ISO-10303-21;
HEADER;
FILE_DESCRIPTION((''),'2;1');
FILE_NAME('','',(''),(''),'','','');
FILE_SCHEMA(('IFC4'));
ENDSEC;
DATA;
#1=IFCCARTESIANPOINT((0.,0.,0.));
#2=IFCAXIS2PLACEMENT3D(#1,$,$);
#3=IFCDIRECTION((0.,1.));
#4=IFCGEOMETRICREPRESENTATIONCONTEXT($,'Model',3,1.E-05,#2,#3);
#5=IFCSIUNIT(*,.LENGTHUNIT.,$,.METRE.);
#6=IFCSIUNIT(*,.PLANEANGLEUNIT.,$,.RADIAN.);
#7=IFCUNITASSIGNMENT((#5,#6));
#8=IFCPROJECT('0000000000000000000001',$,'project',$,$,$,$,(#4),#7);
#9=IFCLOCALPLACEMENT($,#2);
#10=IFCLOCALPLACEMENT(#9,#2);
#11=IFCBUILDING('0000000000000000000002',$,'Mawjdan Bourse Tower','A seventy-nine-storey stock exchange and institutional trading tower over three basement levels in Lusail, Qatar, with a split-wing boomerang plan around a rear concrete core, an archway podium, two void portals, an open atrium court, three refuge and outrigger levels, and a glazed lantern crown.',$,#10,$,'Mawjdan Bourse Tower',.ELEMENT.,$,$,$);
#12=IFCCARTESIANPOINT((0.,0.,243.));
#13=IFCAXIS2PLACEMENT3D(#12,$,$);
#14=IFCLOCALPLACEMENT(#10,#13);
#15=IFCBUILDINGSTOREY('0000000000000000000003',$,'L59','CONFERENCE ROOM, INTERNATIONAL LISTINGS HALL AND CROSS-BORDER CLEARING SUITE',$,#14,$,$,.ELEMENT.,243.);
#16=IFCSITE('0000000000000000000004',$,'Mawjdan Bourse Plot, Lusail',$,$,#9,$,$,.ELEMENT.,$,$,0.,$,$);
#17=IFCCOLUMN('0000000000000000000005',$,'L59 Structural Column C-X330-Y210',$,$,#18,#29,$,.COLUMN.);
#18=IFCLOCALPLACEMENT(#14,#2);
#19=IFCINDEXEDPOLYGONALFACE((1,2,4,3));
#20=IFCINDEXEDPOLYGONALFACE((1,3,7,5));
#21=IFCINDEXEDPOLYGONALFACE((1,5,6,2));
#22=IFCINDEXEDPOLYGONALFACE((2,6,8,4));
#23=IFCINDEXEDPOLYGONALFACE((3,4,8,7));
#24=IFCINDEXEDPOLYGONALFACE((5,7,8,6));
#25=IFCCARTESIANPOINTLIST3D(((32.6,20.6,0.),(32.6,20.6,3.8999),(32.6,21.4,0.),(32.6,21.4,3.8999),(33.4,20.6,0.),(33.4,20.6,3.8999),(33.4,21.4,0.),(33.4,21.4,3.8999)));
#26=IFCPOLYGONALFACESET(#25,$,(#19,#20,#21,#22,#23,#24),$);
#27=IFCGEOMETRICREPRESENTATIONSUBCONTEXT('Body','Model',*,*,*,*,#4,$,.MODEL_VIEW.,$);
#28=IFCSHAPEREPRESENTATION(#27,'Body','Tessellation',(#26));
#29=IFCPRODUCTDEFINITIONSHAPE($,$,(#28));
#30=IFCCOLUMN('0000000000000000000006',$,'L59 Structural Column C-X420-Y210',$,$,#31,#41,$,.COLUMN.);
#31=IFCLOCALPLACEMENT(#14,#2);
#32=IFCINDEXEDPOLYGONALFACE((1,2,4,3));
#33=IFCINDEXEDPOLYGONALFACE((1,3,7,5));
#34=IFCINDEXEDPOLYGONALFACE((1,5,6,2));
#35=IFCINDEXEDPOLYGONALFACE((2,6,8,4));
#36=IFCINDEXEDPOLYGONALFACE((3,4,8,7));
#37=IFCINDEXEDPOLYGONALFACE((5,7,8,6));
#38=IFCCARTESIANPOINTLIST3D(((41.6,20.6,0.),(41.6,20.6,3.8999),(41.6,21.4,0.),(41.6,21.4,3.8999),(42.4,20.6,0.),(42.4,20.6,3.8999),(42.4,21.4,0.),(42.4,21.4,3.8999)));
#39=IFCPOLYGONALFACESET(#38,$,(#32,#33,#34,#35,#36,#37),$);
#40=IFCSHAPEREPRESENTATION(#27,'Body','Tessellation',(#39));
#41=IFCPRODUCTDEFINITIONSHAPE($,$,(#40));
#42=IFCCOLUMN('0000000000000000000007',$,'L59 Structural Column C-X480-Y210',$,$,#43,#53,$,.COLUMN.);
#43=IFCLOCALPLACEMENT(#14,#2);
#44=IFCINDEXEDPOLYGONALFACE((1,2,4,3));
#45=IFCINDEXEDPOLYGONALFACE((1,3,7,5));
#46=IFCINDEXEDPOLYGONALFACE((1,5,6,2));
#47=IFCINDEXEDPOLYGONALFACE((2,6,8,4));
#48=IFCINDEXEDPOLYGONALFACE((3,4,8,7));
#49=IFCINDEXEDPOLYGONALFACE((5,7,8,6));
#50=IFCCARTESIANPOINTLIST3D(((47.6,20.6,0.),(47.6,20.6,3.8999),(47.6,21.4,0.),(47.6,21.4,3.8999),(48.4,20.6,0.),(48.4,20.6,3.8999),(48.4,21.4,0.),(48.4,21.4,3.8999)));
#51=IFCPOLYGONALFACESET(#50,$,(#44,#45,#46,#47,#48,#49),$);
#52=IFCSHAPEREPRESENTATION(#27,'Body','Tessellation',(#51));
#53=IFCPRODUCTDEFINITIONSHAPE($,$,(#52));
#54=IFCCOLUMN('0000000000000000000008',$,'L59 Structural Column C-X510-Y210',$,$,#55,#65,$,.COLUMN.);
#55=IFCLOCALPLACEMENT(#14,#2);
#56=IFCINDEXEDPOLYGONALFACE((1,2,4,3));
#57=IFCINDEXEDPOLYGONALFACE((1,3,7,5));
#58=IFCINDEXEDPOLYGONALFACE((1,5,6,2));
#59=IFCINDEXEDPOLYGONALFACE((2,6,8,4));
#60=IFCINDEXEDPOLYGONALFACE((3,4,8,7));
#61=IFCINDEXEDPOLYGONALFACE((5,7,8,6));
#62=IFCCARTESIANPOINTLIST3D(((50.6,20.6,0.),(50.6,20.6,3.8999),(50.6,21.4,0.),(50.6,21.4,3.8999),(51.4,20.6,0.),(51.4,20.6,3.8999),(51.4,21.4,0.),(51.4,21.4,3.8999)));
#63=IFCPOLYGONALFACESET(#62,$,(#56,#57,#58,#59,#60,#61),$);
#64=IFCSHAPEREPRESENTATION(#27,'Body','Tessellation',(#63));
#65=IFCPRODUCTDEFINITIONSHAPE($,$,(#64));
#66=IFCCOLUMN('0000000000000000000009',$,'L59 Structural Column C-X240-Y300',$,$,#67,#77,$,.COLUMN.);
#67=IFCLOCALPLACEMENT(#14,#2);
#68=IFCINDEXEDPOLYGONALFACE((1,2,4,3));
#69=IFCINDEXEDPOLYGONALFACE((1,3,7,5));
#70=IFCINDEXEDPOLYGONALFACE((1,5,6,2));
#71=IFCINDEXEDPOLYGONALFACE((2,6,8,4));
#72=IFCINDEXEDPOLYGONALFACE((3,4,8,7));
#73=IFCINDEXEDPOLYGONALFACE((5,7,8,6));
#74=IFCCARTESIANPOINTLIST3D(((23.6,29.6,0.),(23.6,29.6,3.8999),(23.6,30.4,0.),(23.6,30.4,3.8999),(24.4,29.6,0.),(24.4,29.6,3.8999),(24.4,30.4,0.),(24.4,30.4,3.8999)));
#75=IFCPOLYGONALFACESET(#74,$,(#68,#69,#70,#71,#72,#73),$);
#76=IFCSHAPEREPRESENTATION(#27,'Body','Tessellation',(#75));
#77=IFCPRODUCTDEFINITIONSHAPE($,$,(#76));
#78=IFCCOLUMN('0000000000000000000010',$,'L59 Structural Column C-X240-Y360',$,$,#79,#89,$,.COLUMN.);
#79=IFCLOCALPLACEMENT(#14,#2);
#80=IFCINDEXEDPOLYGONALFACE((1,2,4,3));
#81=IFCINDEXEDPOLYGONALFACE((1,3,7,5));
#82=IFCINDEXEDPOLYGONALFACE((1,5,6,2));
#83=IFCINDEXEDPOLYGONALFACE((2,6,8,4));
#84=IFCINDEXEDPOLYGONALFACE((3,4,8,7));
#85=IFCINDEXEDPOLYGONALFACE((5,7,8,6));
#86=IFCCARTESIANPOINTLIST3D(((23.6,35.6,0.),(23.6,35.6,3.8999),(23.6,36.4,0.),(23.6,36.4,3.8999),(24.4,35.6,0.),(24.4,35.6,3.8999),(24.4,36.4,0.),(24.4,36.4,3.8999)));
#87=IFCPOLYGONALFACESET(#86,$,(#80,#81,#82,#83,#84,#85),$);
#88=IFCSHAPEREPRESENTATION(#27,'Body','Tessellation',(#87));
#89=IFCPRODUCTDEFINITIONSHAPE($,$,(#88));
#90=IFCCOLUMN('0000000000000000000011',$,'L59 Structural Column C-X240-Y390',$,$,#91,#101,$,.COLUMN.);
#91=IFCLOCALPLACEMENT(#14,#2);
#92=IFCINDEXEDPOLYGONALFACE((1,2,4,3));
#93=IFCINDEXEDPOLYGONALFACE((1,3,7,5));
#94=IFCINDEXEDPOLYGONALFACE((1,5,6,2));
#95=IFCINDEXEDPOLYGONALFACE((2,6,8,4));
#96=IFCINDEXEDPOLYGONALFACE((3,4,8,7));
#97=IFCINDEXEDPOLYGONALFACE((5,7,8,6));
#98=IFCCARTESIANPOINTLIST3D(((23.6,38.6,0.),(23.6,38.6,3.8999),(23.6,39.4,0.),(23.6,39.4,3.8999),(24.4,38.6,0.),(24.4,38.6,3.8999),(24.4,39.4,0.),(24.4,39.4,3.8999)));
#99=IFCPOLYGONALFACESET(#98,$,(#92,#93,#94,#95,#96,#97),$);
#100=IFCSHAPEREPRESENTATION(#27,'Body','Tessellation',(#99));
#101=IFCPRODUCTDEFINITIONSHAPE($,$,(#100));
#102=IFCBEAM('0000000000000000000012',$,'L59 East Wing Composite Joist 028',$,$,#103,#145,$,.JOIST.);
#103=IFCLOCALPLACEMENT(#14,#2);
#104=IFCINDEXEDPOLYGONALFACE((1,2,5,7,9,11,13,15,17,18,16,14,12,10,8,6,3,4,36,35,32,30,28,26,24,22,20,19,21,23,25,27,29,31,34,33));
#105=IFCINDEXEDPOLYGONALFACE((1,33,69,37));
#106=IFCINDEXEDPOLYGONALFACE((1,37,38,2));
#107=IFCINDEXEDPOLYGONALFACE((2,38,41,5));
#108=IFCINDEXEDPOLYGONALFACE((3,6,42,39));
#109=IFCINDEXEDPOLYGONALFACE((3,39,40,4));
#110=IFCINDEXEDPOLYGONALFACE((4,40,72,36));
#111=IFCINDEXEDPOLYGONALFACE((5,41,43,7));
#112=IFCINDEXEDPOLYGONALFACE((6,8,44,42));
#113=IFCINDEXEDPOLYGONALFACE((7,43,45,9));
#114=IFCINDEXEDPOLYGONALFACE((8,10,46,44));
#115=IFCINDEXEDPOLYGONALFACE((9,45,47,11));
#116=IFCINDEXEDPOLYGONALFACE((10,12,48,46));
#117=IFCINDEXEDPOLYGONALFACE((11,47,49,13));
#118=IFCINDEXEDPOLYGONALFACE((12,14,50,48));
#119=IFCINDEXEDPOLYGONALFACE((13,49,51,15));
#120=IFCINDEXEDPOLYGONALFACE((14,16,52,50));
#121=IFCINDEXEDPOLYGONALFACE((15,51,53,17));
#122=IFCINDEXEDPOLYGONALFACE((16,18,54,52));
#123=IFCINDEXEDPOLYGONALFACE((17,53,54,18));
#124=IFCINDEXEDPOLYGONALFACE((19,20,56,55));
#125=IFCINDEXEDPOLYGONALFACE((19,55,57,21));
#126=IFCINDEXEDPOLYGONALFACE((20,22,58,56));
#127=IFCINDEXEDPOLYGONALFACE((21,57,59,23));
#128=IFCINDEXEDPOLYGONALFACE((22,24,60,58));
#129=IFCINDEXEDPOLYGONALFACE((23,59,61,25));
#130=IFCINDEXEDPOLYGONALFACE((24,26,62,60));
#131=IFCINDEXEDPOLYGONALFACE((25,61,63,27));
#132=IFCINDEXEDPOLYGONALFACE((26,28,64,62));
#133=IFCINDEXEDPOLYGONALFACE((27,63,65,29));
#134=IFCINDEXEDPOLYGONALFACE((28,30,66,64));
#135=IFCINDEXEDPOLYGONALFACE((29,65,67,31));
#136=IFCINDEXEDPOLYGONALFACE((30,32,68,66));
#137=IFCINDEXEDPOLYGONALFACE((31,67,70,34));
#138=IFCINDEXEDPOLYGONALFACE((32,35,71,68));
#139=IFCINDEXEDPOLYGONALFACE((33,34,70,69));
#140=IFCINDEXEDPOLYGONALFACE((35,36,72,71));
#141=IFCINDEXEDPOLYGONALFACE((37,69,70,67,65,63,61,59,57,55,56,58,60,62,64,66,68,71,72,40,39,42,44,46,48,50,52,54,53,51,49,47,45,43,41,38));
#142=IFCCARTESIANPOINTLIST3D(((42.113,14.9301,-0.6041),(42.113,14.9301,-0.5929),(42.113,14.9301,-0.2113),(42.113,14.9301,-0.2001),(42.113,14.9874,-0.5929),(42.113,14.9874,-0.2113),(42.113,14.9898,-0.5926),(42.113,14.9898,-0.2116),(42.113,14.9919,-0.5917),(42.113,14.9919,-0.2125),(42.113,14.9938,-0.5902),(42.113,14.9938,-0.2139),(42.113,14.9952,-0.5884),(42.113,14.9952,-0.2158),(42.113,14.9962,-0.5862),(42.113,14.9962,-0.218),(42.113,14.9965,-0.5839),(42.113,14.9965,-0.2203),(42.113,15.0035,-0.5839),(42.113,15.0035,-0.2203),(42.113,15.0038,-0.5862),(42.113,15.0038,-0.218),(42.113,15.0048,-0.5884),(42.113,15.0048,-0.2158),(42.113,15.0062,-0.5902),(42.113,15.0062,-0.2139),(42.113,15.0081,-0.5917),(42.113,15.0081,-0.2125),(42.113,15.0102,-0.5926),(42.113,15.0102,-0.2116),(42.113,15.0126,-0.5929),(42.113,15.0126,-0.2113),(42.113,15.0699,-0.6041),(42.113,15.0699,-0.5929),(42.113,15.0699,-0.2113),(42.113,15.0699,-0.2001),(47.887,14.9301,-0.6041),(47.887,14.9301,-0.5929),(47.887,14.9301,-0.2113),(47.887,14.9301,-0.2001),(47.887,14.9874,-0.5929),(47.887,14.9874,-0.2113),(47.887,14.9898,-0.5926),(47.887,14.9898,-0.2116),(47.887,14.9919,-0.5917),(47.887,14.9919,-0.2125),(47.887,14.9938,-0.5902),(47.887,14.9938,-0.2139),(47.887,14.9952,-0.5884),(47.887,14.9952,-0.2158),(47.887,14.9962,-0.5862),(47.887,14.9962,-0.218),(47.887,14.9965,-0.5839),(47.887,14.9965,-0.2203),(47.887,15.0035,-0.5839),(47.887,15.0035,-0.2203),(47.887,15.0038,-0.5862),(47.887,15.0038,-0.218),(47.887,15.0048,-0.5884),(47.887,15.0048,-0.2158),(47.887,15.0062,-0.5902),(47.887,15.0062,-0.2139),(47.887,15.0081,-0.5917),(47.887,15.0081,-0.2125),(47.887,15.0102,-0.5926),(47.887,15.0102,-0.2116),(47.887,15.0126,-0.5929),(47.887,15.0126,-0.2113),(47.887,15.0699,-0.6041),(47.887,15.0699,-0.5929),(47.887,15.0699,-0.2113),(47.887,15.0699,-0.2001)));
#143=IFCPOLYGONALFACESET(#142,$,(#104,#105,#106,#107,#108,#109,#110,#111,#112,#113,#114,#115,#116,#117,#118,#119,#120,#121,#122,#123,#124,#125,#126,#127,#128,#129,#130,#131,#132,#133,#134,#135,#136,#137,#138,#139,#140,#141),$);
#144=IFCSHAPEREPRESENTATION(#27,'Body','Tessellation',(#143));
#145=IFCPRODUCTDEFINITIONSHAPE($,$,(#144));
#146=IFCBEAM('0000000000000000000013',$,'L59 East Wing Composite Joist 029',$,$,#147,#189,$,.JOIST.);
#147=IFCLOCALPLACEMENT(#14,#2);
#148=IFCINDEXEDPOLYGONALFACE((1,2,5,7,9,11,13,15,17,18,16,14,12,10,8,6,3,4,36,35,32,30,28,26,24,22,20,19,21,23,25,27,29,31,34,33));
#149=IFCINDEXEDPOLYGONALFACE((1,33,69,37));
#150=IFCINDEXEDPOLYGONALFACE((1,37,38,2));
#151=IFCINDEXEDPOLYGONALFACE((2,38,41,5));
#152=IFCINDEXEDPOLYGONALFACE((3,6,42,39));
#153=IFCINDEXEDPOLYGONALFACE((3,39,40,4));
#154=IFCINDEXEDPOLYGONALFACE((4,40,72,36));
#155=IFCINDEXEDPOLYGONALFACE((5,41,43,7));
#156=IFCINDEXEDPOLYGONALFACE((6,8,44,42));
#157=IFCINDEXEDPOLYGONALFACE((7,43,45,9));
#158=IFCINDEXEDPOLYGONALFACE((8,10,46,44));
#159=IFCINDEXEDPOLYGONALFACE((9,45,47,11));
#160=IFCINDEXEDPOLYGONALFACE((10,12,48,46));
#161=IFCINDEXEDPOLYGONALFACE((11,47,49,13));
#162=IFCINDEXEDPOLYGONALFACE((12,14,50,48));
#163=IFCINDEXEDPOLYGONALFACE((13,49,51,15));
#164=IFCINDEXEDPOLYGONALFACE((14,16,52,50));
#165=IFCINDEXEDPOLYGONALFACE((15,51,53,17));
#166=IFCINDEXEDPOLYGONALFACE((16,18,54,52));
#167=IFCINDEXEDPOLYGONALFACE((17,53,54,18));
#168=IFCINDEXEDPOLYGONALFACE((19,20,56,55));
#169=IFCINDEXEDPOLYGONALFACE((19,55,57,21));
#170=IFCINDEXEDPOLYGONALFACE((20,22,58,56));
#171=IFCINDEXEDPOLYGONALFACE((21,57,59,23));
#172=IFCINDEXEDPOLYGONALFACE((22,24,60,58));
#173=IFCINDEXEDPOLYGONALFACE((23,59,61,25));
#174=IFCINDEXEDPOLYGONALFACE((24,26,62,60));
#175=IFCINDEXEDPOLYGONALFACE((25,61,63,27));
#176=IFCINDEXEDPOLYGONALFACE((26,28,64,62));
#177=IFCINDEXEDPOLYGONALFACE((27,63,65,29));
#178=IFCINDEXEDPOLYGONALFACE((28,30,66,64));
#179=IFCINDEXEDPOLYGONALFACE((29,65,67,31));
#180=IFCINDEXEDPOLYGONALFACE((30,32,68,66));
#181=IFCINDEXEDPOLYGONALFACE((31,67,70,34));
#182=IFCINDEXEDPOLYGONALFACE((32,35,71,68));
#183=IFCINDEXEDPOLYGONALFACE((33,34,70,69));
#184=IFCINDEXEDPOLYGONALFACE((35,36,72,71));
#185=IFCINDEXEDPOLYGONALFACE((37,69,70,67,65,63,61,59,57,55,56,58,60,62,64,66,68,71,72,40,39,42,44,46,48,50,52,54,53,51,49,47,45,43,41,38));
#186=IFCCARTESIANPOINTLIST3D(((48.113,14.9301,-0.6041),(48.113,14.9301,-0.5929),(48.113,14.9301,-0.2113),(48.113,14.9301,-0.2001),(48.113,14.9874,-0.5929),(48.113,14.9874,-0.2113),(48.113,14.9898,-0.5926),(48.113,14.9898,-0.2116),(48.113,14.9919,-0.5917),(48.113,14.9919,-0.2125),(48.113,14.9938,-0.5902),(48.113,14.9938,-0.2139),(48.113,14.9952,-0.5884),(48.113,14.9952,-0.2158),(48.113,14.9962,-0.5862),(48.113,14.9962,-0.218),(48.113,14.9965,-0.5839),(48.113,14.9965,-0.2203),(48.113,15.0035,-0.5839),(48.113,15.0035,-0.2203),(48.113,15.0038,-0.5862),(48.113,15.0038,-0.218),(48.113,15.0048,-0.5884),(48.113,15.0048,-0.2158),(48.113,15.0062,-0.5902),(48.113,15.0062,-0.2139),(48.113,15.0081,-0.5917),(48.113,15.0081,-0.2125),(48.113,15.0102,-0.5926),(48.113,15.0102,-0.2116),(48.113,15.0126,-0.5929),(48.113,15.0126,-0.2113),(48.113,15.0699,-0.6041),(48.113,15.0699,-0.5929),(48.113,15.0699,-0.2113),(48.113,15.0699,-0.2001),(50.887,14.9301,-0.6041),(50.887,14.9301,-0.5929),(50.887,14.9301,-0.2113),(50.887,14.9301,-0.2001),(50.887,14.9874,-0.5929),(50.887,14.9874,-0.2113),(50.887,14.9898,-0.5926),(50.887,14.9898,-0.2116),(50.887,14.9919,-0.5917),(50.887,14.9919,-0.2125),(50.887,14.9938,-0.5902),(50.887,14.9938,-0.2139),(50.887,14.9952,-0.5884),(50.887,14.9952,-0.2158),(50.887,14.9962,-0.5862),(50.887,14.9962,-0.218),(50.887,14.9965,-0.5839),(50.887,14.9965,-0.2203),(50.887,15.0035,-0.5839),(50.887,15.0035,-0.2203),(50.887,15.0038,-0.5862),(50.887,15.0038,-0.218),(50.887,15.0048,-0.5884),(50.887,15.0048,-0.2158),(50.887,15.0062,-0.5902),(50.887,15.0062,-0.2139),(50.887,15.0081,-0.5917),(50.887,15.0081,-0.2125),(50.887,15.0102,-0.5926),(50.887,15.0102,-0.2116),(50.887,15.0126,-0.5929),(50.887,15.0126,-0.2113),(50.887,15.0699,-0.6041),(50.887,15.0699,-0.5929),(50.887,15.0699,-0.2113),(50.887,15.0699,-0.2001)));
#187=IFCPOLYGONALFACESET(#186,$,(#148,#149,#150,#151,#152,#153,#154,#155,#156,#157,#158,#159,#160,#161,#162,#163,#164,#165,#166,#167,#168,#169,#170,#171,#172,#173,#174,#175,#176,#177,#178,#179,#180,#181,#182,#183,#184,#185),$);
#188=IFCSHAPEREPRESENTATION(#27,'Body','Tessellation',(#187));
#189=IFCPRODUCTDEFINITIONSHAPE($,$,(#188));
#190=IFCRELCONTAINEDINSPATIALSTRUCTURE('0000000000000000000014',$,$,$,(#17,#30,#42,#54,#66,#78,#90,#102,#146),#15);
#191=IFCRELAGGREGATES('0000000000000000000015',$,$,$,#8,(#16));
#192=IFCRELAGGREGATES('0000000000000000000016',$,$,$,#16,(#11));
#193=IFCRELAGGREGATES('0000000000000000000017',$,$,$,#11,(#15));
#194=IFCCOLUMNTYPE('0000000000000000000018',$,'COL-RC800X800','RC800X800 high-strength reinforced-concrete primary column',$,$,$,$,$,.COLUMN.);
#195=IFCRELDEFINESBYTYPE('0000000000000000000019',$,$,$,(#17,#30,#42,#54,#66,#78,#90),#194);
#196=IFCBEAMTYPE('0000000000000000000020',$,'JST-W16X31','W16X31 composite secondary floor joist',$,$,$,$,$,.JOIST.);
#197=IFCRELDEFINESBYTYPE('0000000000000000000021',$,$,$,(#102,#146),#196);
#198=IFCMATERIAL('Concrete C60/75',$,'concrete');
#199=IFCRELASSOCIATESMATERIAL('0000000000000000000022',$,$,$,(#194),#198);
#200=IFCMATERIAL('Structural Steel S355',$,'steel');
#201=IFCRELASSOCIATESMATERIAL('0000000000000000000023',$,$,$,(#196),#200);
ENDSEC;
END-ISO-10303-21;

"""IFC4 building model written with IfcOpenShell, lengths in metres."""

from ifc_helpers import new_model, si_unit, direction, frame, origin, origin_2d, place, context, subcontext, project, spatial, rectangle, i_section, extrude, material, material_profile, profile_set, type_object, element, save


model = new_model("IFC4")

# Units and contexts
model_context = context("Model", 3, precision=1e-05, world=origin(), true_north=direction((0.0, 1.0)))
body_context = subcontext(model_context, "Body", "Model", "MODEL_VIEW")
ifc_project = project(units=[si_unit("LENGTHUNIT", "METRE"), si_unit("PLANEANGLEUNIT", "RADIAN")], contexts=[model_context])

# Site, building, storey
site_placement = place(None, origin())
site = spatial("IfcSite", under=ifc_project, at=site_placement, Name="Mawjdan Bourse Plot, Lusail", CompositionType="ELEMENT", RefElevation=0.0)
building_placement = place(site_placement, origin())
building = spatial("IfcBuilding", under=site, at=building_placement, Name="Mawjdan Bourse Tower", Description="A seventy-nine-storey stock exchange and institutional trading tower over three basement levels in Lusail, Qatar, with a split-wing boomerang plan around a rear concrete core, an archway podium, two void portals, an open atrium court, three refuge and outrigger levels, and a glazed lantern crown.", LongName="Mawjdan Bourse Tower", CompositionType="ELEMENT")
storey_placement = place(building_placement, frame((0.0, 0.0, 243.0)))
storey = spatial("IfcBuildingStorey", under=building, at=storey_placement, Name="L59", Description="CONFERENCE ROOM, INTERNATIONAL LISTINGS HALL AND CROSS-BORDER CLEARING SUITE", CompositionType="ELEMENT", Elevation=243.0)

# Columns
ifc_material_1 = material(Name="Concrete C60/75", Category="concrete")
ifc_material_profile_1 = material_profile(ifc_material_1, rectangle(XDim=0.8, YDim=0.8, at=origin_2d()), Name="RC800X800")
ifc_profile_set_1 = profile_set([ifc_material_profile_1], Name="Concrete C60/75")
column_type = type_object("IfcColumnType", Name="COL-RC800X800", Description="RC800X800 high-strength reinforced-concrete primary column", PredefinedType="COLUMN", material=ifc_profile_set_1)
for number, where, z_axis, x_axis, name in (
    (1, (33.0, 21.0, 0.0), (0.0, 0.0, 1.0), (1.0, 0.0, 0.0), "L59 Structural Column C-X330-Y210"),
    (2, (42.0, 21.0, 0.0), (0.0, 0.0, 1.0), (1.0, 0.0, 0.0), "L59 Structural Column C-X420-Y210"),
    (3, (48.0, 21.0, 0.0), (0.0, 0.0, 1.0), (1.0, 0.0, 0.0), "L59 Structural Column C-X480-Y210"),
    (4, (51.0, 21.0, 0.0), (0.0, 0.0, 1.0), (1.0, 0.0, 0.0), "L59 Structural Column C-X510-Y210"),
    (5, (24.0, 30.0, 0.0), (0.0, 0.0, 1.0), (1.0, 0.0, 0.0), "L59 Structural Column C-X240-Y300"),
    (6, (24.0, 36.0, 0.0), (0.0, 0.0, 1.0), (1.0, 0.0, 0.0), "L59 Structural Column C-X240-Y360"),
    (7, (24.0, 39.0, 0.0), (0.0, 0.0, 1.0), (1.0, 0.0, 0.0), "L59 Structural Column C-X240-Y390"),
):
    element("IfcColumn", number, at=place(storey_placement, frame(where, z_axis=z_axis, x_axis=x_axis)), inside=storey, type_object=column_type, Name=name, PredefinedType="COLUMN", context=body_context, shape_type="SweptSolid", body=[
        extrude(rectangle(XDim=0.8, YDim=0.8, at=origin_2d()), origin(), (0.0, 0.0, 1.0), 3.8999),
    ])

# Beams
ifc_material_2 = material(Name="Structural Steel S355", Category="steel")
ifc_material_profile_2 = material_profile(ifc_material_2, i_section(OverallWidth=0.1399, OverallDepth=0.4041, WebThickness=0.0071, FlangeThickness=0.0112, FilletRadius=0.009, at=origin_2d()), Name="W16X31")
ifc_profile_set_2 = profile_set([ifc_material_profile_2], Name="Structural Steel S355")
beam_type_1 = type_object("IfcBeamType", Name="JST-W16X31", Description="W16X31 composite secondary floor joist", PredefinedType="JOIST", material=ifc_profile_set_2)
beam_1_placement = place(storey_placement, frame((42.113, 15.0, -0.4021), z_axis=(1.0, 0.0, 0.0), x_axis=(0.0, 1.0, 0.0)))
element("IfcBeam", 8, at=beam_1_placement, inside=storey, type_object=beam_type_1, Name="L59 East Wing Composite Joist 028", PredefinedType="JOIST", context=body_context, shape_type="SweptSolid", body=[
    extrude(i_section(OverallWidth=0.1399, OverallDepth=0.4041, WebThickness=0.0071, FlangeThickness=0.0112, FilletRadius=0.009, at=origin_2d()), origin(), (0.0, 0.0, 1.0), 5.7739),
])
beam_2_placement = place(storey_placement, frame((48.113, 15.0, -0.4021), z_axis=(1.0, 0.0, 0.0), x_axis=(0.0, 1.0, 0.0)))
element("IfcBeam", 9, at=beam_2_placement, inside=storey, type_object=beam_type_1, Name="L59 East Wing Composite Joist 029", PredefinedType="JOIST", context=body_context, shape_type="SweptSolid", body=[
    extrude(i_section(OverallWidth=0.1399, OverallDepth=0.4041, WebThickness=0.0071, FlangeThickness=0.0112, FilletRadius=0.009, at=origin_2d()), origin(), (0.0, 0.0, 1.0), 2.7739),
])

save(model, "model.ifc")
